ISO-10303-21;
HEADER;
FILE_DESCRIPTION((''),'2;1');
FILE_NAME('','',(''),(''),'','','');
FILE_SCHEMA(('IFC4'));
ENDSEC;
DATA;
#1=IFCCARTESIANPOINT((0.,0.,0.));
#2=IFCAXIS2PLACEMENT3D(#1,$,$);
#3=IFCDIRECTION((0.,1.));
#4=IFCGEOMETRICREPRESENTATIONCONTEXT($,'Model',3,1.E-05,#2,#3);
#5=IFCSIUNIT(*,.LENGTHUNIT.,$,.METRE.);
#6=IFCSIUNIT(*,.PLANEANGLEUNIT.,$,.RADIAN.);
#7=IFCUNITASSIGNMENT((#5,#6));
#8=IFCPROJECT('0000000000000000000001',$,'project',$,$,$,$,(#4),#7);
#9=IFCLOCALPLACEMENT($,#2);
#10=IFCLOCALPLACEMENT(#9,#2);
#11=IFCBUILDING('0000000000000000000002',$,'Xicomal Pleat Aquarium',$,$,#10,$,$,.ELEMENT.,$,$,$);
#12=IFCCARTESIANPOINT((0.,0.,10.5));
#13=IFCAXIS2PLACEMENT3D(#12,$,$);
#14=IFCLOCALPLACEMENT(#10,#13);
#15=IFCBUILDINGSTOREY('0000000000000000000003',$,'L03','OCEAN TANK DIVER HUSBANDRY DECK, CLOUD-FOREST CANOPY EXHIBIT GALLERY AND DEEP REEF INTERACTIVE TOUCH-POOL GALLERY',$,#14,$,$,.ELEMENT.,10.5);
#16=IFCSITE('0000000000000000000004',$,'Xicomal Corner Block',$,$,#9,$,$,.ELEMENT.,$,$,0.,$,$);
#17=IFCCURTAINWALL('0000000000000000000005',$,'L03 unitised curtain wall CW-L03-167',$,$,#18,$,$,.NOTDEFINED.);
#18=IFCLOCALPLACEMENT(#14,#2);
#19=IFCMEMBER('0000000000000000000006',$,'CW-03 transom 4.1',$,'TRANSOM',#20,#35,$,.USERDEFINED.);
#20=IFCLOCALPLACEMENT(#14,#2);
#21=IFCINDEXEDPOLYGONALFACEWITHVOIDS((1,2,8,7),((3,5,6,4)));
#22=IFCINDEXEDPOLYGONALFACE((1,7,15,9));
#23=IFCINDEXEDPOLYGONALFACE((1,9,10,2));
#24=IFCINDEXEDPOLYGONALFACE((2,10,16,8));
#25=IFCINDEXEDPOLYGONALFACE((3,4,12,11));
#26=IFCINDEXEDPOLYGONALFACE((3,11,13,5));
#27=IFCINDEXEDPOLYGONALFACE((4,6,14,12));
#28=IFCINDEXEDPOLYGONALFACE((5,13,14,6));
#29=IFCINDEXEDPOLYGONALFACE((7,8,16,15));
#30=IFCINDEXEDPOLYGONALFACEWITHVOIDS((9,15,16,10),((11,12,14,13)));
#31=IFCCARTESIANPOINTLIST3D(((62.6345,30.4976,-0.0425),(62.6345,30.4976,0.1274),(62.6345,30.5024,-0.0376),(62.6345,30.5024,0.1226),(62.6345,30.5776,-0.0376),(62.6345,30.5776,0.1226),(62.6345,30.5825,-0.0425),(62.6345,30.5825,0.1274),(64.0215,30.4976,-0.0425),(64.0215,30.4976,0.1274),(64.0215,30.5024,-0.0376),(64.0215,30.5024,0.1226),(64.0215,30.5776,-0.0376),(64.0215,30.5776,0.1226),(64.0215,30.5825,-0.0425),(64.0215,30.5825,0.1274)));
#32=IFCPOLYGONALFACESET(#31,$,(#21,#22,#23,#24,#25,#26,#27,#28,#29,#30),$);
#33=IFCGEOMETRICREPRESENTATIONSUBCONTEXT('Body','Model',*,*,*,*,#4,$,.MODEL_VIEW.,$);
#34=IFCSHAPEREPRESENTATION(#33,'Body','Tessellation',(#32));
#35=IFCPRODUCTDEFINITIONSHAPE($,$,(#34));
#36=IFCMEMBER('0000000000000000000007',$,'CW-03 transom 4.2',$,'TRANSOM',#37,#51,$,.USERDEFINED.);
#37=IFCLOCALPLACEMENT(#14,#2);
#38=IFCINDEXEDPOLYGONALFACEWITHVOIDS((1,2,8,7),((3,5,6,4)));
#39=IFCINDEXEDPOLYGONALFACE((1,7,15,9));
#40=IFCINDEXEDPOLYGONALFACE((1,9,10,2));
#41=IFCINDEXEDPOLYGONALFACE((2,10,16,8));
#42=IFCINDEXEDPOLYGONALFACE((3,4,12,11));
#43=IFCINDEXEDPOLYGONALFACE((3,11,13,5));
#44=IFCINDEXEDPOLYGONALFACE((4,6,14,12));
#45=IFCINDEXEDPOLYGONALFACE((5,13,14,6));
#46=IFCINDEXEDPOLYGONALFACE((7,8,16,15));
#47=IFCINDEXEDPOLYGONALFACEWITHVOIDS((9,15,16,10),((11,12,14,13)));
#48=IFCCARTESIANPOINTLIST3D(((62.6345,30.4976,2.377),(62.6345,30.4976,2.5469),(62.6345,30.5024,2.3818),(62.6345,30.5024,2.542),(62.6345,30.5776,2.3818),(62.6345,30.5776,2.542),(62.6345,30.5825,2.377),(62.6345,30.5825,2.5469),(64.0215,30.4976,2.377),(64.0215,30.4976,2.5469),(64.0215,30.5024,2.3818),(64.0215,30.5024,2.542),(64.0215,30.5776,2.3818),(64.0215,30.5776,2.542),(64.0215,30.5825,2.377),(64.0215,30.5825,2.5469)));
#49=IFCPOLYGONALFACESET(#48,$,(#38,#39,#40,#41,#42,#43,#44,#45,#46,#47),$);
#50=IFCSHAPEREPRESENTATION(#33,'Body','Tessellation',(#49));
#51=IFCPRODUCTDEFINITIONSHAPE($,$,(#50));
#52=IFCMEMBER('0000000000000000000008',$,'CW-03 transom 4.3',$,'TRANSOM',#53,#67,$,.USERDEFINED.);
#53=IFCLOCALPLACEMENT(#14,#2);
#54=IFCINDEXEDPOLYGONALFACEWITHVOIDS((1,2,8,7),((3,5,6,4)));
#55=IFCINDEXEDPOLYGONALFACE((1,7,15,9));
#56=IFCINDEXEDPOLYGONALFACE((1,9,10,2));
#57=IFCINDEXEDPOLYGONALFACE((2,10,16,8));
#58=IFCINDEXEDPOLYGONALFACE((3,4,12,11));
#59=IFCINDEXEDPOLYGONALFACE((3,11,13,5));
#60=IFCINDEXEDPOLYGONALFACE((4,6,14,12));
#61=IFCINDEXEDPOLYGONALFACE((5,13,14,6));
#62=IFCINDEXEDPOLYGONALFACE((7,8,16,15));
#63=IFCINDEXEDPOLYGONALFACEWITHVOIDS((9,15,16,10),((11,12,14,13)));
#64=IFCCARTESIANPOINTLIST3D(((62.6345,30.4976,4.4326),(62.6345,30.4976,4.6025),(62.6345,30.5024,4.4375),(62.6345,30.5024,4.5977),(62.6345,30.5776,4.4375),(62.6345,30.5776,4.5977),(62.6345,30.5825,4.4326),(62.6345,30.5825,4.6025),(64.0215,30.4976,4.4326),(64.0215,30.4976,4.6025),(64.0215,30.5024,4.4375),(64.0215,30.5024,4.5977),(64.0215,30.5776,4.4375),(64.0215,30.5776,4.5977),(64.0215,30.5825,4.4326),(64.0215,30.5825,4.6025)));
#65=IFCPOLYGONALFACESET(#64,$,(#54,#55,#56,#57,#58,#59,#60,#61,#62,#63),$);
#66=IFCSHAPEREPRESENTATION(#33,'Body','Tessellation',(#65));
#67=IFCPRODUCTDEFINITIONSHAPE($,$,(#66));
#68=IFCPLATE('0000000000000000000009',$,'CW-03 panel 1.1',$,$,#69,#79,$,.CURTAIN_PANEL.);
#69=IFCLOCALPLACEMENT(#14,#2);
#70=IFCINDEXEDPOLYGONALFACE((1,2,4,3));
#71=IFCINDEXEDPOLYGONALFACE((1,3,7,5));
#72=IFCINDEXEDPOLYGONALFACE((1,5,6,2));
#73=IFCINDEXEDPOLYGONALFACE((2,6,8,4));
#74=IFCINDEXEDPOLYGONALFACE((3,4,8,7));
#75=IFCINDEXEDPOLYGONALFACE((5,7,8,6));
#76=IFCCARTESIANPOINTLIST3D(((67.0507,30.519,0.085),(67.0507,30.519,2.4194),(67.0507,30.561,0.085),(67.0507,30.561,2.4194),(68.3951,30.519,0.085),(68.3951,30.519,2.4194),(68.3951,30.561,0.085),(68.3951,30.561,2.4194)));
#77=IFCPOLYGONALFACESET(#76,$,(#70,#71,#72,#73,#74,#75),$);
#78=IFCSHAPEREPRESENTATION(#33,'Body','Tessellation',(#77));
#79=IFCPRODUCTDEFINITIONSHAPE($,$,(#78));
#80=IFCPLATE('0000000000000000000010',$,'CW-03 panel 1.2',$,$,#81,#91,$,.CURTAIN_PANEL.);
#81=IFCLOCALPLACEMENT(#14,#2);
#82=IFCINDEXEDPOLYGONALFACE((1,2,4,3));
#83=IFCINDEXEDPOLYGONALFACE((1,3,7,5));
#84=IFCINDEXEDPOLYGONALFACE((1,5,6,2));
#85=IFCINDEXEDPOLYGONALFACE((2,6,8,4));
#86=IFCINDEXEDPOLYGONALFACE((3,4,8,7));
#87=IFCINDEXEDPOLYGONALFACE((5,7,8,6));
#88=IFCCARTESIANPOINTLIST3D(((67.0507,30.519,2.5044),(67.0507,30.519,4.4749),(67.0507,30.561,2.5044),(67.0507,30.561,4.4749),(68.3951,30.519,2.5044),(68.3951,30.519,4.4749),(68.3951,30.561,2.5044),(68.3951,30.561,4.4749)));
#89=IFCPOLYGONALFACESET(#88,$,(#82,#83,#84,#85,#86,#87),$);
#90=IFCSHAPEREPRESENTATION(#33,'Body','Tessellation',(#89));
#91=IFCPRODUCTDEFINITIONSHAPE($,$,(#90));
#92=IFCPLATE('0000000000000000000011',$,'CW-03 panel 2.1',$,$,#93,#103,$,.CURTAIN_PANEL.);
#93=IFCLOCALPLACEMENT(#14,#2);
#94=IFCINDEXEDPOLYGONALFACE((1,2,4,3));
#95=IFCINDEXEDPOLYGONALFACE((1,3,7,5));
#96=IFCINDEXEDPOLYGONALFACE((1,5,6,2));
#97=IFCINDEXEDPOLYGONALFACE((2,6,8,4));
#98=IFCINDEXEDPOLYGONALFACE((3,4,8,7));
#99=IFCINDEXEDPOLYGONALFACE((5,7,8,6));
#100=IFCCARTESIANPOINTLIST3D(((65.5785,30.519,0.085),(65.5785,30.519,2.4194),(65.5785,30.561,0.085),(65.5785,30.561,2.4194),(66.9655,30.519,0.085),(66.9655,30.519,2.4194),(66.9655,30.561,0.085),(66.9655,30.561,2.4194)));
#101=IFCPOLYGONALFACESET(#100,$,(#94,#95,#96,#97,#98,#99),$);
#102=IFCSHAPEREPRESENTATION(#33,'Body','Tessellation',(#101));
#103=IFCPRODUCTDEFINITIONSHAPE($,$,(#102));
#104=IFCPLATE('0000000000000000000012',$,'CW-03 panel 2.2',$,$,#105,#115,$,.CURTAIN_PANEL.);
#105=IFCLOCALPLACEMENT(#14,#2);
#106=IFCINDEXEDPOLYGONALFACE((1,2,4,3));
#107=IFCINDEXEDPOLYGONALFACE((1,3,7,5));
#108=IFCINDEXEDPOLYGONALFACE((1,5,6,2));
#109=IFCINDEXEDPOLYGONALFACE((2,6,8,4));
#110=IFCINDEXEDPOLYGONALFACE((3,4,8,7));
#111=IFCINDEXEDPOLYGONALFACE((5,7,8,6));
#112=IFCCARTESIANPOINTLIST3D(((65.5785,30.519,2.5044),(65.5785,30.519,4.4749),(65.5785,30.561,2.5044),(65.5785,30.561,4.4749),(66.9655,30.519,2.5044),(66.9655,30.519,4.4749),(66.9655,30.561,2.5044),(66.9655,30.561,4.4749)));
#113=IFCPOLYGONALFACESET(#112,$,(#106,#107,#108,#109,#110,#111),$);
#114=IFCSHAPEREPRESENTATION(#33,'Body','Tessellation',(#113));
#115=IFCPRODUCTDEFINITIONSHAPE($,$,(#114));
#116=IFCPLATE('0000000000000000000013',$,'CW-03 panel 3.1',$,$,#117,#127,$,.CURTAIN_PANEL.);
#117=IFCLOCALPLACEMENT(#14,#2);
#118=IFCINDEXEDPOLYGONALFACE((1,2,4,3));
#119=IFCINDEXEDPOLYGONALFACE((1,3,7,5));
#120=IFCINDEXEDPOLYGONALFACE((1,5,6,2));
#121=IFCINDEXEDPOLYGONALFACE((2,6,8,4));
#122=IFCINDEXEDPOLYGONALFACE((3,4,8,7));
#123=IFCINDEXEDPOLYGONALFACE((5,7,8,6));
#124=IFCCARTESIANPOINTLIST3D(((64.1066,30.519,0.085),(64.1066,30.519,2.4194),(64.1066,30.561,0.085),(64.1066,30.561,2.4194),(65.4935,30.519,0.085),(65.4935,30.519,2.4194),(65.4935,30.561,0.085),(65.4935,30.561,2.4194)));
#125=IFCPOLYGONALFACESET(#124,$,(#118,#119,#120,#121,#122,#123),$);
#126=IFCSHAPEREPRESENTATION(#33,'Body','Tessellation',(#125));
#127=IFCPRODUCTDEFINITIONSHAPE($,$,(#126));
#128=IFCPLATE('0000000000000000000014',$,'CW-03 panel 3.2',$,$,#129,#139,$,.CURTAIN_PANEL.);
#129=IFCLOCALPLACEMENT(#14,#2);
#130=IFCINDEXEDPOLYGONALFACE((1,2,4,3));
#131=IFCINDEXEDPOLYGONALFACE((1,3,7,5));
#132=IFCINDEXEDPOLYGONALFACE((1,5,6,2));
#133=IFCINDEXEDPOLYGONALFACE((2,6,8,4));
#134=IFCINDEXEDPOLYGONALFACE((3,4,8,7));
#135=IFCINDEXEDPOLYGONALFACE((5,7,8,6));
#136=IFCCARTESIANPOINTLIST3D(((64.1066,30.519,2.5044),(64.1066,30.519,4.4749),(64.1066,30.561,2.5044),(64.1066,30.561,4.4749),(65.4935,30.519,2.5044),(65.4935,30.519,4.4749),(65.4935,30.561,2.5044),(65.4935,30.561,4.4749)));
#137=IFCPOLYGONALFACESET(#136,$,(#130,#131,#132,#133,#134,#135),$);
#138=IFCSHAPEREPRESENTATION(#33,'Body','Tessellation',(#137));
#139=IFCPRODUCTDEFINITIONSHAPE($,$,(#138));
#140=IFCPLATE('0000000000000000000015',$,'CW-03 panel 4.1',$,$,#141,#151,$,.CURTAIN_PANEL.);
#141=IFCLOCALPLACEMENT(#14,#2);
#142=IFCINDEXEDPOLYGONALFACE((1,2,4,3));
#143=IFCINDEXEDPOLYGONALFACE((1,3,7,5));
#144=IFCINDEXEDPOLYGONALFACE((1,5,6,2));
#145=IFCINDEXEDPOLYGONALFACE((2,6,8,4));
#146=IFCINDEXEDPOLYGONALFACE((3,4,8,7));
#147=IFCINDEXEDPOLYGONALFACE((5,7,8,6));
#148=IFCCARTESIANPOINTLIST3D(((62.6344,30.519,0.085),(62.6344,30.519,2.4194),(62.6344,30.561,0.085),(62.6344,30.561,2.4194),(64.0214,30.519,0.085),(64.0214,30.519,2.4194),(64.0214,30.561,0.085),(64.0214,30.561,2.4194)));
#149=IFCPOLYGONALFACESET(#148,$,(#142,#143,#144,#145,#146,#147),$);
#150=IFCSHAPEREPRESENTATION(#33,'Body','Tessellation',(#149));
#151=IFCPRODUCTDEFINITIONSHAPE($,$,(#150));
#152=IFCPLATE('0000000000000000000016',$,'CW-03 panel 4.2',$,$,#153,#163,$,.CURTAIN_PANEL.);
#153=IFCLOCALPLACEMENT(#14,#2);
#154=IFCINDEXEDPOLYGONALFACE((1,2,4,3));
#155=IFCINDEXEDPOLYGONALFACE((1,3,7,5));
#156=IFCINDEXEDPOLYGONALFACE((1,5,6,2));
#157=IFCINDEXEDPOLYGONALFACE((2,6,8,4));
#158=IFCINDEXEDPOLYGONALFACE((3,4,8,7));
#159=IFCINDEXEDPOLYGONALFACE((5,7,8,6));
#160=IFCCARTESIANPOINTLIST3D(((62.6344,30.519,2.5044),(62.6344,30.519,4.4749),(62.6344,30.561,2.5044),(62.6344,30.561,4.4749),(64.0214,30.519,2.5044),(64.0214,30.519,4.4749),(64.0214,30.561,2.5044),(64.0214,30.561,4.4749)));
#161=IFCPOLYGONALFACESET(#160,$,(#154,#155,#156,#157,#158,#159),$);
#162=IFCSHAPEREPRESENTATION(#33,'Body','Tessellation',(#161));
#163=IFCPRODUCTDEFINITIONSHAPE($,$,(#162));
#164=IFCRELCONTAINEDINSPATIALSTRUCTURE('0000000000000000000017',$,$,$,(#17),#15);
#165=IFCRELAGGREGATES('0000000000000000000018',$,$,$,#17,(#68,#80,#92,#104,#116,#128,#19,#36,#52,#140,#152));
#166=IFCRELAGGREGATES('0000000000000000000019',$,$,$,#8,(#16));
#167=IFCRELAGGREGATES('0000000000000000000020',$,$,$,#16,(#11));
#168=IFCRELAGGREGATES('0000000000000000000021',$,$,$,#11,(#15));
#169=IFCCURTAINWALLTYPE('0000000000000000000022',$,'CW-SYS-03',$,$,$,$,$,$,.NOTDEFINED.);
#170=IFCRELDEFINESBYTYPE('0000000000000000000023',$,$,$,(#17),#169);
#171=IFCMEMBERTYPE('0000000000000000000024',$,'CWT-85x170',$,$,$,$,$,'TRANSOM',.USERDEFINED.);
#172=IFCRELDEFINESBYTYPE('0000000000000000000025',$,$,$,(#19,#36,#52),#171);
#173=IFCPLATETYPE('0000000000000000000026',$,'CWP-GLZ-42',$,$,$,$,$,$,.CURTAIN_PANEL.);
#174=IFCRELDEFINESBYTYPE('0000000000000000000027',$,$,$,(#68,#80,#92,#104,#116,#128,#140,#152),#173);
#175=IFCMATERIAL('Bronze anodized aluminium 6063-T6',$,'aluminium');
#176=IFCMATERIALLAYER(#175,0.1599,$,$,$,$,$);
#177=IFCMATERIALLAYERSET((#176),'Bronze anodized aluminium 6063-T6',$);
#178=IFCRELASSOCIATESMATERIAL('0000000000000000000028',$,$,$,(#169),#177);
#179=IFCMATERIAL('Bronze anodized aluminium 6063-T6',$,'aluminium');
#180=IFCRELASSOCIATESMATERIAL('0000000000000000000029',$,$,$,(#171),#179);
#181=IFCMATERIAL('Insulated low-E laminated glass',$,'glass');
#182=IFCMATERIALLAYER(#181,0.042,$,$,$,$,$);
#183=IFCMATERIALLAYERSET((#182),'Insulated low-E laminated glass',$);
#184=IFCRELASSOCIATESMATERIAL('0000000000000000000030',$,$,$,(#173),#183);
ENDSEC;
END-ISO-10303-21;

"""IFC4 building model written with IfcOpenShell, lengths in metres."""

from ifc_helpers import new_model, si_unit, direction, frame, origin, origin_2d, place, context, subcontext, project, spatial, rectangle, hollow_rectangle, extrude, material, layer, layer_set, material_profile, profile_set, type_object, element, aggregate, save


model = new_model("IFC4")

# Units and contexts
model_context = context("Model", 3, precision=1e-05, world=origin(), true_north=direction((0.0, 1.0)))
body_context = subcontext(model_context, "Body", "Model", "MODEL_VIEW")
ifc_project = project(units=[si_unit("LENGTHUNIT", "METRE"), si_unit("PLANEANGLEUNIT", "RADIAN")], contexts=[model_context])

# Site, building, storey
site_placement = place(None, origin())
site = spatial("IfcSite", under=ifc_project, at=site_placement, Name="Xicomal Corner Block", CompositionType="ELEMENT", RefElevation=0.0)
building_placement = place(site_placement, origin())
building = spatial("IfcBuilding", under=site, at=building_placement, Name="Xicomal Pleat Aquarium", CompositionType="ELEMENT")
storey_placement = place(building_placement, frame((0.0, 0.0, 10.5)))
storey = spatial("IfcBuildingStorey", under=building, at=storey_placement, Name="L03", Description="OCEAN TANK DIVER HUSBANDRY DECK, CLOUD-FOREST CANOPY EXHIBIT GALLERY AND DEEP REEF INTERACTIVE TOUCH-POOL GALLERY", CompositionType="ELEMENT", Elevation=10.5)

# Curtain wall, members, plates
ifc_material_1 = material(Name="Bronze anodized aluminium 6063-T6", Category="aluminium")
ifc_layer_1 = layer(ifc_material_1, 0.1599)
ifc_layer_set_1 = layer_set([ifc_layer_1], Name="Bronze anodized aluminium 6063-T6")
curtain_wall_type = type_object("IfcCurtainWallType", Name="CW-SYS-03", PredefinedType="NOTDEFINED", material=ifc_layer_set_1)
curtain_wall_placement = place(storey_placement, origin())
curtain_wall = element("IfcCurtainWall", 1, at=curtain_wall_placement, inside=storey, type_object=curtain_wall_type, Name="L03 unitised curtain wall CW-L03-167", PredefinedType="NOTDEFINED")
ifc_material_2 = material(Name="Bronze anodized aluminium 6063-T6", Category="aluminium")
ifc_material_profile_1 = material_profile(ifc_material_2, hollow_rectangle(XDim=0.085, YDim=0.1699, WallThickness=0.0049, at=origin_2d()), Name="ALU TRAN 85x170")
ifc_profile_set_1 = profile_set([ifc_material_profile_1], Name="Bronze anodized aluminium 6063-T6")
member_type_1 = type_object("IfcMemberType", Name="CWT-85x170", ElementType="TRANSOM", PredefinedType="USERDEFINED", material=ifc_profile_set_1)
member_1_placement = place(storey_placement, frame((64.0215, 30.54, 0.0425), z_axis=(-1.0, 0.0, 0.0), x_axis=(0.0, -1.0, 0.0)))
member_1 = element("IfcMember", 2, at=member_1_placement, type_object=member_type_1, Name="CW-03 transom 4.1", ObjectType="TRANSOM", PredefinedType="USERDEFINED", context=body_context, shape_type="SweptSolid", body=[
    extrude(hollow_rectangle(XDim=0.085, YDim=0.1699, WallThickness=0.0049, at=origin_2d()), origin(), (0.0, 0.0, 1.0), 1.387),
])
member_2_placement = place(storey_placement, frame((64.0215, 30.54, 2.4619), z_axis=(-1.0, 0.0, 0.0), x_axis=(0.0, -1.0, 0.0)))
member_2 = element("IfcMember", 3, at=member_2_placement, type_object=member_type_1, Name="CW-03 transom 4.2", ObjectType="TRANSOM", PredefinedType="USERDEFINED", context=body_context, shape_type="SweptSolid", body=[
    extrude(hollow_rectangle(XDim=0.085, YDim=0.1699, WallThickness=0.0049, at=origin_2d()), origin(), (0.0, 0.0, 1.0), 1.387),
])
member_3_placement = place(storey_placement, frame((64.0215, 30.54, 4.5176), z_axis=(-1.0, 0.0, 0.0), x_axis=(0.0, -1.0, 0.0)))
member_3 = element("IfcMember", 4, at=member_3_placement, type_object=member_type_1, Name="CW-03 transom 4.3", ObjectType="TRANSOM", PredefinedType="USERDEFINED", context=body_context, shape_type="SweptSolid", body=[
    extrude(hollow_rectangle(XDim=0.085, YDim=0.1699, WallThickness=0.0049, at=origin_2d()), origin(), (0.0, 0.0, 1.0), 1.387),
])
ifc_material_3 = material(Name="Insulated low-E laminated glass", Category="glass")
ifc_layer_2 = layer(ifc_material_3, 0.042)
ifc_layer_set_2 = layer_set([ifc_layer_2], Name="Insulated low-E laminated glass")
plate_type = type_object("IfcPlateType", Name="CWP-GLZ-42", PredefinedType="CURTAIN_PANEL", material=ifc_layer_set_2)
plate_1_placement = place(storey_placement, frame((67.7229, 30.54, 0.085), z_axis=(0.0, 0.0, 1.0), x_axis=(-1.0, 0.0, 0.0)))
plate_1 = element("IfcPlate", 5, at=plate_1_placement, type_object=plate_type, Name="CW-03 panel 1.1", PredefinedType="CURTAIN_PANEL", context=body_context, shape_type="SweptSolid", body=[
    extrude(rectangle(XDim=1.3445, YDim=0.042, at=origin_2d()), origin(), (0.0, 0.0, 1.0), 2.3345),
])
plate_2_placement = place(storey_placement, frame((67.7229, 30.54, 2.5044), z_axis=(0.0, 0.0, 1.0), x_axis=(-1.0, 0.0, 0.0)))
plate_2 = element("IfcPlate", 6, at=plate_2_placement, type_object=plate_type, Name="CW-03 panel 1.2", PredefinedType="CURTAIN_PANEL", context=body_context, shape_type="SweptSolid", body=[
    extrude(rectangle(XDim=1.3445, YDim=0.042, at=origin_2d()), origin(), (0.0, 0.0, 1.0), 1.9705),
])
plate_3_placement = place(storey_placement, frame((66.272, 30.54, 0.085), z_axis=(0.0, 0.0, 1.0), x_axis=(-1.0, 0.0, 0.0)))
plate_3 = element("IfcPlate", 7, at=plate_3_placement, type_object=plate_type, Name="CW-03 panel 2.1", PredefinedType="CURTAIN_PANEL", context=body_context, shape_type="SweptSolid", body=[
    extrude(rectangle(XDim=1.387, YDim=0.042, at=origin_2d()), origin(), (0.0, 0.0, 1.0), 2.3345),
])
plate_4_placement = place(storey_placement, frame((66.272, 30.54, 2.5044), z_axis=(0.0, 0.0, 1.0), x_axis=(-1.0, 0.0, 0.0)))
plate_4 = element("IfcPlate", 8, at=plate_4_placement, type_object=plate_type, Name="CW-03 panel 2.2", PredefinedType="CURTAIN_PANEL", context=body_context, shape_type="SweptSolid", body=[
    extrude(rectangle(XDim=1.387, YDim=0.042, at=origin_2d()), origin(), (0.0, 0.0, 1.0), 1.9705),
])
plate_5_placement = place(storey_placement, frame((64.8, 30.54, 0.085), z_axis=(0.0, 0.0, 1.0), x_axis=(-1.0, 0.0, 0.0)))
plate_5 = element("IfcPlate", 9, at=plate_5_placement, type_object=plate_type, Name="CW-03 panel 3.1", PredefinedType="CURTAIN_PANEL", context=body_context, shape_type="SweptSolid", body=[
    extrude(rectangle(XDim=1.387, YDim=0.042, at=origin_2d()), origin(), (0.0, 0.0, 1.0), 2.3345),
])
plate_6_placement = place(storey_placement, frame((64.8, 30.54, 2.5044), z_axis=(0.0, 0.0, 1.0), x_axis=(-1.0, 0.0, 0.0)))
plate_6 = element("IfcPlate", 10, at=plate_6_placement, type_object=plate_type, Name="CW-03 panel 3.2", PredefinedType="CURTAIN_PANEL", context=body_context, shape_type="SweptSolid", body=[
    extrude(rectangle(XDim=1.387, YDim=0.042, at=origin_2d()), origin(), (0.0, 0.0, 1.0), 1.9705),
])
plate_7_placement = place(storey_placement, frame((63.3279, 30.54, 0.085), z_axis=(0.0, 0.0, 1.0), x_axis=(-1.0, 0.0, 0.0)))
plate_7 = element("IfcPlate", 11, at=plate_7_placement, type_object=plate_type, Name="CW-03 panel 4.1", PredefinedType="CURTAIN_PANEL", context=body_context, shape_type="SweptSolid", body=[
    extrude(rectangle(XDim=1.387, YDim=0.042, at=origin_2d()), origin(), (0.0, 0.0, 1.0), 2.3345),
])
plate_8_placement = place(storey_placement, frame((63.3279, 30.54, 2.5044), z_axis=(0.0, 0.0, 1.0), x_axis=(-1.0, 0.0, 0.0)))
plate_8 = element("IfcPlate", 12, at=plate_8_placement, type_object=plate_type, Name="CW-03 panel 4.2", PredefinedType="CURTAIN_PANEL", context=body_context, shape_type="SweptSolid", body=[
    extrude(rectangle(XDim=1.387, YDim=0.042, at=origin_2d()), origin(), (0.0, 0.0, 1.0), 1.9705),
])
aggregate(curtain_wall, [plate_1, plate_2, plate_3, plate_4, plate_5, plate_6, member_1, member_2, member_3, plate_7, plate_8])

save(model, "model.ifc")
